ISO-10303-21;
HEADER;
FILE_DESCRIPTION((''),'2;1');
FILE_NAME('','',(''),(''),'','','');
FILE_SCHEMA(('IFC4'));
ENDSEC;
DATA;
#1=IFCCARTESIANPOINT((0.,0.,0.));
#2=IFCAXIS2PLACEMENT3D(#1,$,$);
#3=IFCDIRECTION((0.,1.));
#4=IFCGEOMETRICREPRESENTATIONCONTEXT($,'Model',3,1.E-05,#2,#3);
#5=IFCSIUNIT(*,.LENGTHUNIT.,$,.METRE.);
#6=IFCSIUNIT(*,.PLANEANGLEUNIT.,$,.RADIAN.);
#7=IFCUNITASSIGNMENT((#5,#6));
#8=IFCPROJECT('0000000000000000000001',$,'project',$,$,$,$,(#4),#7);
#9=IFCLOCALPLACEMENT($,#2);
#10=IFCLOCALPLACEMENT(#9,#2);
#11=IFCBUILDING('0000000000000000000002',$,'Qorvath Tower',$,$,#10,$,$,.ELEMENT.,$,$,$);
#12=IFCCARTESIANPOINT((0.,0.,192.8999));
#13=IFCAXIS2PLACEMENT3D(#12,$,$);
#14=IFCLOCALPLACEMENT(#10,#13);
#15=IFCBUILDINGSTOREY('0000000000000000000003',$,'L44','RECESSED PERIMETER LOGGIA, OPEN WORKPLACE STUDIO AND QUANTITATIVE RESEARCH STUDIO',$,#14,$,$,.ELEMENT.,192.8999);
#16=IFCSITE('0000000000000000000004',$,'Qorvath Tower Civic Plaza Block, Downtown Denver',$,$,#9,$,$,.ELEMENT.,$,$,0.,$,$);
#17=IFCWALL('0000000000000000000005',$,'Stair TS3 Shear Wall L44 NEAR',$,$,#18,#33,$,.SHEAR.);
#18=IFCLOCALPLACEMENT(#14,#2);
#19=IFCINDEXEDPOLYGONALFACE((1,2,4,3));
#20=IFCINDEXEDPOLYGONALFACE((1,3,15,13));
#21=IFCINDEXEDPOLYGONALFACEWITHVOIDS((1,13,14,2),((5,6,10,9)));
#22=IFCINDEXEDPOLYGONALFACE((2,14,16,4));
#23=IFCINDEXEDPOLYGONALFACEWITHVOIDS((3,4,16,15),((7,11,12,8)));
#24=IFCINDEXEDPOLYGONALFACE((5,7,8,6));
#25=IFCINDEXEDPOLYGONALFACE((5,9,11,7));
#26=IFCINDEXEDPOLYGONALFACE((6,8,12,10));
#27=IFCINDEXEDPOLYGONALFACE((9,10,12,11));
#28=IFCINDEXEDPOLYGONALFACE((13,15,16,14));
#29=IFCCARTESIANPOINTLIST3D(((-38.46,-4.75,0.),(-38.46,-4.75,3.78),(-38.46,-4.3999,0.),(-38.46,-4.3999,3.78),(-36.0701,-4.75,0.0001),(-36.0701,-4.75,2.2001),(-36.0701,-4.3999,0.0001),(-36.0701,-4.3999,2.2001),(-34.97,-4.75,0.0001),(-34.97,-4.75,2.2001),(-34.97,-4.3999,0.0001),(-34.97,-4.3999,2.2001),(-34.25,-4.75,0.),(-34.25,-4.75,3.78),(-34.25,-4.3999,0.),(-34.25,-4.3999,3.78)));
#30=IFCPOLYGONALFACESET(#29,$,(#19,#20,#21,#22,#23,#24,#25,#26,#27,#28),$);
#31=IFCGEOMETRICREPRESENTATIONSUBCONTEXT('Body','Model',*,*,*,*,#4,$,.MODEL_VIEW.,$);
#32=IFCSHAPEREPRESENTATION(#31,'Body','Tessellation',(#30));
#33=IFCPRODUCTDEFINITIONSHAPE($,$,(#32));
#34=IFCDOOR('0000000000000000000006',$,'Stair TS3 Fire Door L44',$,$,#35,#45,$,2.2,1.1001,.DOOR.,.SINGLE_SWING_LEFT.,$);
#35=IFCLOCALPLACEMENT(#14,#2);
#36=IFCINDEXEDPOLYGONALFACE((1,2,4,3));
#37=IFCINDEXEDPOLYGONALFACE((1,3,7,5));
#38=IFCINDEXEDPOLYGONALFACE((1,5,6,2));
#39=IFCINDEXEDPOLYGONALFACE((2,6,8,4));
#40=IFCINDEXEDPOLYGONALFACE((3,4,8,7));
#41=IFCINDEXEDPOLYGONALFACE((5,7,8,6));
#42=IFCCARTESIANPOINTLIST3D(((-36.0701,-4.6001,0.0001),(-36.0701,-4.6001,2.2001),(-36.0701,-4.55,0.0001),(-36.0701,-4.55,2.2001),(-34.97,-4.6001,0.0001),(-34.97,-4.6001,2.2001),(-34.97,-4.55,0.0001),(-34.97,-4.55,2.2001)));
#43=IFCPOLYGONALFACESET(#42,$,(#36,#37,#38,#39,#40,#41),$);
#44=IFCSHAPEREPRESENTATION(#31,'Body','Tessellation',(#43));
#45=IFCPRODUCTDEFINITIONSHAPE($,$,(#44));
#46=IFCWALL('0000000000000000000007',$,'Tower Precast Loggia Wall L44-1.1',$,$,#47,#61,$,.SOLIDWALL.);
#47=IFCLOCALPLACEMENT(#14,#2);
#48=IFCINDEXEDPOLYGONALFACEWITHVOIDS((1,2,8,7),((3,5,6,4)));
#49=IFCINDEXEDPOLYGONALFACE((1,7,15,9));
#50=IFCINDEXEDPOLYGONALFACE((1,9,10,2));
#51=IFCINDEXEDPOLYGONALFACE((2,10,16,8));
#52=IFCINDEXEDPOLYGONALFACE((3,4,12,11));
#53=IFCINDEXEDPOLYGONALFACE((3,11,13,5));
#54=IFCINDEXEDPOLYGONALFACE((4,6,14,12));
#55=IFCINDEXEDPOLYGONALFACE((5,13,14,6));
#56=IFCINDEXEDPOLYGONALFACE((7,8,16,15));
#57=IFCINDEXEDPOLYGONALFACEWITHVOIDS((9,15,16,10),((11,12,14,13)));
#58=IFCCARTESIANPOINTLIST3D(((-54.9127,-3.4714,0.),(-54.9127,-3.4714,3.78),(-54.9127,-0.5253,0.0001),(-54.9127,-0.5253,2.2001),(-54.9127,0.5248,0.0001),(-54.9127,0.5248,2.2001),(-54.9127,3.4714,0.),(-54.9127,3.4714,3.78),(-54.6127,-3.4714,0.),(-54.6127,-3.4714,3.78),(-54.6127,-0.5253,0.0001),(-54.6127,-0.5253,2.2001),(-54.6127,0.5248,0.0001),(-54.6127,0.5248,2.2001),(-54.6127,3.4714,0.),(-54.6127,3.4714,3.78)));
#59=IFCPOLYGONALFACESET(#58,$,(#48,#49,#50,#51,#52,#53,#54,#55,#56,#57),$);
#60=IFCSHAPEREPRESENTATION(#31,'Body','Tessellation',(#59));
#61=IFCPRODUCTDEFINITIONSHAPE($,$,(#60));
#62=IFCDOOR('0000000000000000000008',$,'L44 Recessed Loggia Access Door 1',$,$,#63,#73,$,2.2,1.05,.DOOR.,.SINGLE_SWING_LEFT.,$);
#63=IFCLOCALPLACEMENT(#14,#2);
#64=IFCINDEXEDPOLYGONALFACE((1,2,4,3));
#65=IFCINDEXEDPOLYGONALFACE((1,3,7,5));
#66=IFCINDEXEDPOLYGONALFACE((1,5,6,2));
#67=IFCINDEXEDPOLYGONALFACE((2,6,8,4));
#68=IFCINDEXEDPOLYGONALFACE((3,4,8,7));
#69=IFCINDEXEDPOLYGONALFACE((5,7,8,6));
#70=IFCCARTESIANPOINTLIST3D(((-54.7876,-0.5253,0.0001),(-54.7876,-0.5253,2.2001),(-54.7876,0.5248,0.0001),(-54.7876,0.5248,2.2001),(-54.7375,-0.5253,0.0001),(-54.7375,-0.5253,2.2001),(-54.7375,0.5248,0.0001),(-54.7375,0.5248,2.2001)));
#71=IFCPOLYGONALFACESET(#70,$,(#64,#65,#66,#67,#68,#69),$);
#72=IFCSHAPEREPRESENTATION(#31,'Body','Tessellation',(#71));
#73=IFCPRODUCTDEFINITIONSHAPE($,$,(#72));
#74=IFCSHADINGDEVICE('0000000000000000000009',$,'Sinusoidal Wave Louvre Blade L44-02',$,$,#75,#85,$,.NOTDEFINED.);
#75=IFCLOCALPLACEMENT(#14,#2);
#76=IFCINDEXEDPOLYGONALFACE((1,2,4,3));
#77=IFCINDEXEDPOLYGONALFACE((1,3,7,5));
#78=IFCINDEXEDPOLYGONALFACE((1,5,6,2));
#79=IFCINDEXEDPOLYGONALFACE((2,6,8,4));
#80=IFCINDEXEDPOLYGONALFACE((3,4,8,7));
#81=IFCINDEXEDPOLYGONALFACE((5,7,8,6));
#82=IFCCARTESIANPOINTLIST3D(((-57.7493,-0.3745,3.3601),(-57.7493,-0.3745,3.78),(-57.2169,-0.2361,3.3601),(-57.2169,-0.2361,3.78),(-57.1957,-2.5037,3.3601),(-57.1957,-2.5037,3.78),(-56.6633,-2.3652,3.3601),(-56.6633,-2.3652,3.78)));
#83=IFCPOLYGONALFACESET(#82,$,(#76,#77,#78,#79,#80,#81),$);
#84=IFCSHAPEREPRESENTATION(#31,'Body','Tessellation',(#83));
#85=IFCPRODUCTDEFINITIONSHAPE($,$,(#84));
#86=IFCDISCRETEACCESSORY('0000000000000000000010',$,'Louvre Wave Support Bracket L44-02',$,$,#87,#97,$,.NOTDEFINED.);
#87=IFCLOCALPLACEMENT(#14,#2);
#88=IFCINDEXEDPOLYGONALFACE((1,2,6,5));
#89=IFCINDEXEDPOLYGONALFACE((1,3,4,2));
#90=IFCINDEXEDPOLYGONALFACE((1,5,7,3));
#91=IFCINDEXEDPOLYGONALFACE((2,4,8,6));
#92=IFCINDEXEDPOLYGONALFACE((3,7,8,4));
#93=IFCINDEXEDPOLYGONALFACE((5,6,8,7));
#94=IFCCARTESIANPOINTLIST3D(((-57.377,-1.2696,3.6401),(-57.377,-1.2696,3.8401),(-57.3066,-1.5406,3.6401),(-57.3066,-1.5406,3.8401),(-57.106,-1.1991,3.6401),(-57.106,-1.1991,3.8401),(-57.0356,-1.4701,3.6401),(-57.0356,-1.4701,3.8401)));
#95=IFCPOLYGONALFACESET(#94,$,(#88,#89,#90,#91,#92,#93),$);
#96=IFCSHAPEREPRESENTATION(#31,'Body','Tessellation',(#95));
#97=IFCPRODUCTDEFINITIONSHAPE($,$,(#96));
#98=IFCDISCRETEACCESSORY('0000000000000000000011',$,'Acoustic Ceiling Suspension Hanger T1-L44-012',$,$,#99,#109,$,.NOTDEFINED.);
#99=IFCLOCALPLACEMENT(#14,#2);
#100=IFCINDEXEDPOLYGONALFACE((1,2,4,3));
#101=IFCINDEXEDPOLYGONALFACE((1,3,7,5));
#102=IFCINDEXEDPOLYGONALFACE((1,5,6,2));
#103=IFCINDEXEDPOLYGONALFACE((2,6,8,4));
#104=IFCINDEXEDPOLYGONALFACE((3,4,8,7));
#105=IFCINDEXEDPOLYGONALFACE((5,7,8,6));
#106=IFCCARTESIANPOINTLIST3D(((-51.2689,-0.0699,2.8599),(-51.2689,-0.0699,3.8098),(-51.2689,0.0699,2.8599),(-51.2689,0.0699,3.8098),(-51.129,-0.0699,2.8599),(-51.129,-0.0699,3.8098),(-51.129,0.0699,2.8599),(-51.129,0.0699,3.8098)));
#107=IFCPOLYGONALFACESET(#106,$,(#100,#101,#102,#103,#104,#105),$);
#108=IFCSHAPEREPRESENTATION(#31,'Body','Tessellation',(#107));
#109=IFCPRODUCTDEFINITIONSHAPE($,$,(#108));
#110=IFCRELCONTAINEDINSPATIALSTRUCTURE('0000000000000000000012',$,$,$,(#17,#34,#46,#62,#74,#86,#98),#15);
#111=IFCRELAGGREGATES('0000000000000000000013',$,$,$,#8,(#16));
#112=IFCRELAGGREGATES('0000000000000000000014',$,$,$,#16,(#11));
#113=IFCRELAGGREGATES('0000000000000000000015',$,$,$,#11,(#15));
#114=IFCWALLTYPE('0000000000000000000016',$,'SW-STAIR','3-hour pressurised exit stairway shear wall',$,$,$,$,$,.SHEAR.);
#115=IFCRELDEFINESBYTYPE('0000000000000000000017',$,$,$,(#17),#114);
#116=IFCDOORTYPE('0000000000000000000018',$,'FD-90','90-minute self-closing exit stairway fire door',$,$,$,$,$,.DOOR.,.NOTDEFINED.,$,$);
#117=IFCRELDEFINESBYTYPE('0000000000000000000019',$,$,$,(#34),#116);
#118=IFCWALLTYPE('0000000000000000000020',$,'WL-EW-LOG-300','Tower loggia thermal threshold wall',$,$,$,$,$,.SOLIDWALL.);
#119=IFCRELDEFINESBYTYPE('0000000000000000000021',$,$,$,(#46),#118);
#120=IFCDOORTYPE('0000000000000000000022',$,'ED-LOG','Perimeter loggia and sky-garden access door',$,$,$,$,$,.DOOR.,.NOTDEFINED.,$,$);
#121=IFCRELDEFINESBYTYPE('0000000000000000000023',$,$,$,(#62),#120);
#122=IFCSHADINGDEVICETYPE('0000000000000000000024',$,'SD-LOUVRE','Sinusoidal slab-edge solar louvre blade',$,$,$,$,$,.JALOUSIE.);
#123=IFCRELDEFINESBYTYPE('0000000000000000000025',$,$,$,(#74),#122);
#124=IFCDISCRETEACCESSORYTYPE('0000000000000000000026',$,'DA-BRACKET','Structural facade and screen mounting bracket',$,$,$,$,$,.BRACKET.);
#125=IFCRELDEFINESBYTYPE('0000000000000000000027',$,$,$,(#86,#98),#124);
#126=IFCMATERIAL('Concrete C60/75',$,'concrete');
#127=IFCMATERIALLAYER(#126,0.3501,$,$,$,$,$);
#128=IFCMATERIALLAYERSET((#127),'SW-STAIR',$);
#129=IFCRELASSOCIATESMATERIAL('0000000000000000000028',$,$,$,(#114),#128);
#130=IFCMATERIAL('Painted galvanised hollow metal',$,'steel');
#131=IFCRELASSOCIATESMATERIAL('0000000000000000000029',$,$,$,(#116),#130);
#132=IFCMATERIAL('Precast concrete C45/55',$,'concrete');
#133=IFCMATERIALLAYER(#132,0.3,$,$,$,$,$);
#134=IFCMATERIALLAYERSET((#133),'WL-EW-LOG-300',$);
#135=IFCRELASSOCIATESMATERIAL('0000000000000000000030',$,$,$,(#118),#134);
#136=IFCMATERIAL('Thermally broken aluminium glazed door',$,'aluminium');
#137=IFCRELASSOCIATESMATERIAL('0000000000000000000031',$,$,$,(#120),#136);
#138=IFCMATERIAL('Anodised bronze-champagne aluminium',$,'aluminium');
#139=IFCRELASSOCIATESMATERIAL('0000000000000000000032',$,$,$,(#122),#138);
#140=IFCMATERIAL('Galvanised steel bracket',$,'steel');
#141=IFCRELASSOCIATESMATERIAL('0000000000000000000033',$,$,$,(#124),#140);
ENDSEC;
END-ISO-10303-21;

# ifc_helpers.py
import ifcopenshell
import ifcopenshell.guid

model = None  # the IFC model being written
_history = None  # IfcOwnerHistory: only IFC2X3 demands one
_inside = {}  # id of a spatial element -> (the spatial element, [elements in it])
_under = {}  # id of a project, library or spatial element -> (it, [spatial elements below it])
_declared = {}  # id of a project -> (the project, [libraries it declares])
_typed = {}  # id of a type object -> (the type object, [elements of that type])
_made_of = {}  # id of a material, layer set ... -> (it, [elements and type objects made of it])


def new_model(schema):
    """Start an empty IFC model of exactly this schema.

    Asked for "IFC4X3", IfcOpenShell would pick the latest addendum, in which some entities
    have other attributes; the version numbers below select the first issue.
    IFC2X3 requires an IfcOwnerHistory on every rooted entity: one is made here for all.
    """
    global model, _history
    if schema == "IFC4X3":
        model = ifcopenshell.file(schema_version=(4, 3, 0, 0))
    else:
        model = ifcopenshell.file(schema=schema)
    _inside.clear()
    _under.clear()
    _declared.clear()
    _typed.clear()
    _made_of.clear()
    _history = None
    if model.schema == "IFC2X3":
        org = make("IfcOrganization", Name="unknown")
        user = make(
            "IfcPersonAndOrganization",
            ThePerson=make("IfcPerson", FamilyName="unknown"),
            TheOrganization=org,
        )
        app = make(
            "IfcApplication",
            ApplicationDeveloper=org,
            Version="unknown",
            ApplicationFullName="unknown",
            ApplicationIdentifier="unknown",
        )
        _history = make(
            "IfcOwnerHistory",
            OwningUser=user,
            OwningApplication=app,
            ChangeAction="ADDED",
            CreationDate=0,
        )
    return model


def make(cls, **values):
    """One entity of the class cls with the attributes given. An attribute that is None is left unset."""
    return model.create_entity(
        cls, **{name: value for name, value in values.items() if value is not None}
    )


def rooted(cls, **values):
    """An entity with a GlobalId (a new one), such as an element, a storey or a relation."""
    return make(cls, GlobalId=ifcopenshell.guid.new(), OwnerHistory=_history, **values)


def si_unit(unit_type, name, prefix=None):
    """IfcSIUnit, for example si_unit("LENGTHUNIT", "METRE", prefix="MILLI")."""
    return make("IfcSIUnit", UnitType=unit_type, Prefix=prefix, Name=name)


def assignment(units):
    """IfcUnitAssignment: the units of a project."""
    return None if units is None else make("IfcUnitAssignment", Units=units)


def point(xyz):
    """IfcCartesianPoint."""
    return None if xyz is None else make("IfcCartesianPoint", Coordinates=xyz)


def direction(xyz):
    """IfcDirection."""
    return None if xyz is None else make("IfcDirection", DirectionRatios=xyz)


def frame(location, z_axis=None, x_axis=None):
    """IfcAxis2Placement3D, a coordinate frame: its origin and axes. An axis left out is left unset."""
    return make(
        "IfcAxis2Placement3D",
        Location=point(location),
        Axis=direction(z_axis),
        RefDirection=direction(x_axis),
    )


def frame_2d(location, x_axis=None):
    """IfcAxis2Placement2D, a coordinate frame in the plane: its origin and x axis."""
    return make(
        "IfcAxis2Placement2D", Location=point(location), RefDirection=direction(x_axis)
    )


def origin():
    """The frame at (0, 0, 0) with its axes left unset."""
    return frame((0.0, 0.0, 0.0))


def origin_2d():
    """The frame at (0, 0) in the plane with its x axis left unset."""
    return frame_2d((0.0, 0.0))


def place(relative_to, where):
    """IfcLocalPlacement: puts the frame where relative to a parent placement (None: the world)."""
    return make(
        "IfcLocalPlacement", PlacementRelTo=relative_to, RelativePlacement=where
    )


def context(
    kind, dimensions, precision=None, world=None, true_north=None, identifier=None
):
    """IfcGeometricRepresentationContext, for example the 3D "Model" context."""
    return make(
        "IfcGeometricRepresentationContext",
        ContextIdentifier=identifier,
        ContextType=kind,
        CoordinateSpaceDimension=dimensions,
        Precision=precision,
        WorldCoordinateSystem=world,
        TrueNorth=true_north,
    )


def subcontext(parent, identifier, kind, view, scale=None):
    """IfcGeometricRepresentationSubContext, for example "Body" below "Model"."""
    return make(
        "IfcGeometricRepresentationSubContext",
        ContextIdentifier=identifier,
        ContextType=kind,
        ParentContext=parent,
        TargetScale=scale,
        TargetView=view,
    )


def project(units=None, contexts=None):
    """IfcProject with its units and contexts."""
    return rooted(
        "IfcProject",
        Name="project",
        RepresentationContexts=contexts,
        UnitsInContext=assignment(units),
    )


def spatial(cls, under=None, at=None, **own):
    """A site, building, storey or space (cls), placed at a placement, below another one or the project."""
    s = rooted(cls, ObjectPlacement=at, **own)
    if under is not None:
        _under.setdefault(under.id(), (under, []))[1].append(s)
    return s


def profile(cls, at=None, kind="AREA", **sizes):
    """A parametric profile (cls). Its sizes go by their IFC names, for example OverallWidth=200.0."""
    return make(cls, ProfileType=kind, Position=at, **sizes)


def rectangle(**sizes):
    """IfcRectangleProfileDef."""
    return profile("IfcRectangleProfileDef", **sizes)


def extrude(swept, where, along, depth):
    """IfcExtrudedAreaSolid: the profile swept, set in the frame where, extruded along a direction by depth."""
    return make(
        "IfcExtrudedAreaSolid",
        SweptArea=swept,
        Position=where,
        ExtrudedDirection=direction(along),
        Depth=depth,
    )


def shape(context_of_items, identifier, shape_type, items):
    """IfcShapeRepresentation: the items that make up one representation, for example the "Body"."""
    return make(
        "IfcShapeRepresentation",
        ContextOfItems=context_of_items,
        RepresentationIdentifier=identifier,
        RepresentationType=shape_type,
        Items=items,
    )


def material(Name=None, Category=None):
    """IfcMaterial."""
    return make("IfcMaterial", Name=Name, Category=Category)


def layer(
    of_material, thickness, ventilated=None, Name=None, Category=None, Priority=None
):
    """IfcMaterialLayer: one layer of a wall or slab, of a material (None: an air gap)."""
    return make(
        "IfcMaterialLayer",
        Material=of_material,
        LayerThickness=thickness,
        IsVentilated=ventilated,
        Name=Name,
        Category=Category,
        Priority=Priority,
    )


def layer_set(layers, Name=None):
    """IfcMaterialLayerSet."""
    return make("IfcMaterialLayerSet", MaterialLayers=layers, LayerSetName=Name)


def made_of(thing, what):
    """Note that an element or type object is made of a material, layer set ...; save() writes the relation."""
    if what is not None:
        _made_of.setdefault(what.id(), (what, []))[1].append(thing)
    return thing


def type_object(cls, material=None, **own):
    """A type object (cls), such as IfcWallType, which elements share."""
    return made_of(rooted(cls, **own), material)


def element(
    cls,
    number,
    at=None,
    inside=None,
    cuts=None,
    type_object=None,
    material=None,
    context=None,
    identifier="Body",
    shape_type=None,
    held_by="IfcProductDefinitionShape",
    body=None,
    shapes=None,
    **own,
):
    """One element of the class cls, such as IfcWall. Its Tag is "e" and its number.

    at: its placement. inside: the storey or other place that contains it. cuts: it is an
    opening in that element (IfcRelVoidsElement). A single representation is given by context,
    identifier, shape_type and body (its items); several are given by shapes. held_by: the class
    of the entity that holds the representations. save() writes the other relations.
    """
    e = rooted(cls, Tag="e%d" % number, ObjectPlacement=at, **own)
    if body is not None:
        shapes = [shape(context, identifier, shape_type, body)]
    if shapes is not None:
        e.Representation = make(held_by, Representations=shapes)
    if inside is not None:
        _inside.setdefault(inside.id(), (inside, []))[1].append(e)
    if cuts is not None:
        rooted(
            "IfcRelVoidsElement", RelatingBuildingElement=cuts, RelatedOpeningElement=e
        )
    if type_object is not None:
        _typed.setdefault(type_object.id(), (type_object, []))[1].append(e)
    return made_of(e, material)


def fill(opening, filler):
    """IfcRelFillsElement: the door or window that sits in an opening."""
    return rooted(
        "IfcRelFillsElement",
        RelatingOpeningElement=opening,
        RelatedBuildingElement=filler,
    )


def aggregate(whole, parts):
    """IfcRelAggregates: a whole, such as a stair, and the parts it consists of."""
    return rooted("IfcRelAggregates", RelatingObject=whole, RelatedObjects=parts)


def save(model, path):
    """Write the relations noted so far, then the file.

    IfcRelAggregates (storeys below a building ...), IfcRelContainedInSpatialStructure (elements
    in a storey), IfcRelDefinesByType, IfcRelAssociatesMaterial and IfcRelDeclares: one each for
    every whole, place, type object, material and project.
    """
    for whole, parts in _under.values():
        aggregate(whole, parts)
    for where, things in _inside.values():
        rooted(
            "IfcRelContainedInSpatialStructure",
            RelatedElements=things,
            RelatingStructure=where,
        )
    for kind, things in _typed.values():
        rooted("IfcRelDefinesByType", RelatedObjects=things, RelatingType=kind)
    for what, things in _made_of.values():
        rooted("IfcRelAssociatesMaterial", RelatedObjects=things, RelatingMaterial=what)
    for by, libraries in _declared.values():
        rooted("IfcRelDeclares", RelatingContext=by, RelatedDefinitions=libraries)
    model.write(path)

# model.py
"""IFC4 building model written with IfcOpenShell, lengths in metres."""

from ifc_helpers import new_model, si_unit, direction, frame, frame_2d, origin, origin_2d, place, context, subcontext, project, spatial, rectangle, extrude, material, layer, layer_set, type_object, element, fill, save


model = new_model("IFC4")

# Units and contexts
model_context = context("Model", 3, precision=1e-05, world=origin(), true_north=direction((0.0, 1.0)))
body_context = subcontext(model_context, "Body", "Model", "MODEL_VIEW")
ifc_project = project(units=[si_unit("LENGTHUNIT", "METRE"), si_unit("PLANEANGLEUNIT", "RADIAN")], contexts=[model_context])

# Site, building, storey
site_placement = place(None, origin())
site = spatial("IfcSite", under=ifc_project, at=site_placement, Name="Qorvath Tower Civic Plaza Block, Downtown Denver", CompositionType="ELEMENT", RefElevation=0.0)
building_placement = place(site_placement, origin())
building = spatial("IfcBuilding", under=site, at=building_placement, Name="Qorvath Tower", CompositionType="ELEMENT")
storey_placement = place(building_placement, frame((0.0, 0.0, 192.8999)))
storey = spatial("IfcBuildingStorey", under=building, at=storey_placement, Name="L44", Description="RECESSED PERIMETER LOGGIA, OPEN WORKPLACE STUDIO AND QUANTITATIVE RESEARCH STUDIO", CompositionType="ELEMENT", Elevation=192.8999)

# Walls, openings, doors
ifc_material_1 = material(Name="Concrete C60/75", Category="concrete")
ifc_layer_1 = layer(ifc_material_1, 0.3501)
ifc_layer_set_1 = layer_set([ifc_layer_1], Name="SW-STAIR")
wall_type_1 = type_object("IfcWallType", Name="SW-STAIR", Description="3-hour pressurised exit stairway shear wall", PredefinedType="SHEAR", material=ifc_layer_set_1)
wall_1_placement = place(storey_placement, frame((-38.46, -4.575, 0.0), z_axis=(0.0, 0.0, 1.0), x_axis=(1.0, 0.0, 0.0)))
wall_1 = element("IfcWall", 1, at=wall_1_placement, inside=storey, type_object=wall_type_1, Name="Stair TS3 Shear Wall L44 NEAR", PredefinedType="SHEAR", context=body_context, shape_type="SweptSolid", body=[
    extrude(rectangle(XDim=4.21, YDim=0.3501, at=frame_2d((2.105, 0.0))), origin(), (0.0, 0.0, 1.0), 3.78),
])
opening_1_placement = place(wall_1_placement, frame((2.3899, 0.0, 0.0)))
opening_1 = element("IfcOpeningElement", 2, at=opening_1_placement, cuts=wall_1, PredefinedType="OPENING", context=body_context, shape_type="SweptSolid", body=[
    extrude(rectangle(XDim=1.1001, YDim=2.2, at=frame_2d((0.55, 1.1001))), frame((0.0, 0.1851, 0.0), z_axis=(0.0, -1.0, 0.0), x_axis=(1.0, 0.0, 0.0)), (0.0, 0.0, 1.0), 0.3701),
])
ifc_material_2 = material(Name="Painted galvanised hollow metal", Category="steel")
door_type_1 = type_object("IfcDoorType", Name="FD-90", Description="90-minute self-closing exit stairway fire door", OperationType="NOTDEFINED", PredefinedType="DOOR", material=ifc_material_2)
door_1_placement = place(opening_1_placement, origin())
door_1 = element("IfcDoor", 3, at=door_1_placement, inside=storey, type_object=door_type_1, Name="Stair TS3 Fire Door L44", OperationType="SINGLE_SWING_LEFT", OverallHeight=2.2, OverallWidth=1.1001, PredefinedType="DOOR", context=body_context, shape_type="SweptSolid", body=[
    extrude(rectangle(XDim=1.1001, YDim=2.2, at=frame_2d((0.55, 1.1001))), frame((0.0, 0.0249, 0.0), z_axis=(0.0, -1.0, 0.0), x_axis=(1.0, 0.0, 0.0)), (0.0, 0.0, 1.0), 0.05),
])
fill(opening_1, door_1)
ifc_material_3 = material(Name="Precast concrete C45/55", Category="concrete")
ifc_layer_2 = layer(ifc_material_3, 0.3)
ifc_layer_set_2 = layer_set([ifc_layer_2], Name="WL-EW-LOG-300")
wall_type_2 = type_object("IfcWallType", Name="WL-EW-LOG-300", Description="Tower loggia thermal threshold wall", PredefinedType="SOLIDWALL", material=ifc_layer_set_2)
wall_2_placement = place(storey_placement, frame((-54.7627, -3.4714, 0.0), z_axis=(0.0, 0.0, 1.0), x_axis=(0.0, 1.0, 0.0)))
wall_2 = element("IfcWall", 4, at=wall_2_placement, inside=storey, type_object=wall_type_2, Name="Tower Precast Loggia Wall L44-1.1", PredefinedType="SOLIDWALL", context=body_context, shape_type="SweptSolid", body=[
    extrude(rectangle(XDim=6.9429, YDim=0.3, at=frame_2d((3.4714, 0.0))), origin(), (0.0, 0.0, 1.0), 3.78),
])
opening_2_placement = place(wall_2_placement, frame((2.9463, 0.0, 0.0)))
opening_2 = element("IfcOpeningElement", 5, at=opening_2_placement, cuts=wall_2, PredefinedType="OPENING", context=body_context, shape_type="SweptSolid", body=[
    extrude(rectangle(XDim=1.05, YDim=2.2, at=frame_2d((0.5249, 1.1001))), frame((0.0, 0.1602, 0.0), z_axis=(0.0, -1.0, 0.0), x_axis=(1.0, 0.0, 0.0)), (0.0, 0.0, 1.0), 0.3201),
])
ifc_material_4 = material(Name="Thermally broken aluminium glazed door", Category="aluminium")
door_type_2 = type_object("IfcDoorType", Name="ED-LOG", Description="Perimeter loggia and sky-garden access door", OperationType="NOTDEFINED", PredefinedType="DOOR", material=ifc_material_4)
door_2_placement = place(opening_2_placement, origin())
door_2 = element("IfcDoor", 6, at=door_2_placement, inside=storey, type_object=door_type_2, Name="L44 Recessed Loggia Access Door 1", OperationType="SINGLE_SWING_LEFT", OverallHeight=2.2, OverallWidth=1.05, PredefinedType="DOOR", context=body_context, shape_type="SweptSolid", body=[
    extrude(rectangle(XDim=1.05, YDim=2.2, at=frame_2d((0.5249, 1.1001))), frame((0.0, 0.0249, 0.0), z_axis=(0.0, -1.0, 0.0), x_axis=(1.0, 0.0, 0.0)), (0.0, 0.0, 1.0), 0.05),
])
fill(opening_2, door_2)

# Shading device
ifc_material_5 = material(Name="Anodised bronze-champagne aluminium", Category="aluminium")
shading_device_type = type_object("IfcShadingDeviceType", Name="SD-LOUVRE", Description="Sinusoidal slab-edge solar louvre blade", PredefinedType="JALOUSIE", material=ifc_material_5)
shading_device_placement = place(storey_placement, frame((-57.2063, -1.3699, 3.3601), z_axis=(0.0, 0.0, 1.0), x_axis=(0.251647, -0.967819, 0.0)))
element("IfcShadingDevice", 7, at=shading_device_placement, inside=storey, type_object=shading_device_type, Name="Sinusoidal Wave Louvre Blade L44-02", PredefinedType="NOTDEFINED", context=body_context, shape_type="SweptSolid", body=[
    extrude(rectangle(XDim=2.2, YDim=0.55, at=origin_2d()), origin(), (0.0, 0.0, 1.0), 0.4199),
])

# Discrete accessories
ifc_material_6 = material(Name="Galvanised steel bracket", Category="steel")
discrete_accessory_type = type_object("IfcDiscreteAccessoryType", Name="DA-BRACKET", Description="Structural facade and screen mounting bracket", PredefinedType="BRACKET", material=ifc_material_6)
discrete_accessory_1_placement = place(storey_placement, frame((-57.2063, -1.3699, 3.6401), z_axis=(0.0, 0.0, 1.0), x_axis=(0.251647, -0.967819, 0.0)))
element("IfcDiscreteAccessory", 8, at=discrete_accessory_1_placement, inside=storey, type_object=discrete_accessory_type, Name="Louvre Wave Support Bracket L44-02", PredefinedType="NOTDEFINED", context=body_context, shape_type="SweptSolid", body=[
    extrude(rectangle(XDim=0.28, YDim=0.28, at=origin_2d()), origin(), (0.0, 0.0, 1.0), 0.2),
])
discrete_accessory_2_placement = place(storey_placement, frame((-51.199, 0.0, 2.8599), z_axis=(0.0, 0.0, 1.0), x_axis=(1.0, 0.0, 0.0)))
element("IfcDiscreteAccessory", 9, at=discrete_accessory_2_placement, inside=storey, type_object=discrete_accessory_type, Name="Acoustic Ceiling Suspension Hanger T1-L44-012", PredefinedType="NOTDEFINED", context=body_context, shape_type="SweptSolid", body=[
    extrude(rectangle(XDim=0.1399, YDim=0.1399, at=origin_2d()), origin(), (0.0, 0.0, 1.0), 0.95),
])

save(model, "model.ifc")
